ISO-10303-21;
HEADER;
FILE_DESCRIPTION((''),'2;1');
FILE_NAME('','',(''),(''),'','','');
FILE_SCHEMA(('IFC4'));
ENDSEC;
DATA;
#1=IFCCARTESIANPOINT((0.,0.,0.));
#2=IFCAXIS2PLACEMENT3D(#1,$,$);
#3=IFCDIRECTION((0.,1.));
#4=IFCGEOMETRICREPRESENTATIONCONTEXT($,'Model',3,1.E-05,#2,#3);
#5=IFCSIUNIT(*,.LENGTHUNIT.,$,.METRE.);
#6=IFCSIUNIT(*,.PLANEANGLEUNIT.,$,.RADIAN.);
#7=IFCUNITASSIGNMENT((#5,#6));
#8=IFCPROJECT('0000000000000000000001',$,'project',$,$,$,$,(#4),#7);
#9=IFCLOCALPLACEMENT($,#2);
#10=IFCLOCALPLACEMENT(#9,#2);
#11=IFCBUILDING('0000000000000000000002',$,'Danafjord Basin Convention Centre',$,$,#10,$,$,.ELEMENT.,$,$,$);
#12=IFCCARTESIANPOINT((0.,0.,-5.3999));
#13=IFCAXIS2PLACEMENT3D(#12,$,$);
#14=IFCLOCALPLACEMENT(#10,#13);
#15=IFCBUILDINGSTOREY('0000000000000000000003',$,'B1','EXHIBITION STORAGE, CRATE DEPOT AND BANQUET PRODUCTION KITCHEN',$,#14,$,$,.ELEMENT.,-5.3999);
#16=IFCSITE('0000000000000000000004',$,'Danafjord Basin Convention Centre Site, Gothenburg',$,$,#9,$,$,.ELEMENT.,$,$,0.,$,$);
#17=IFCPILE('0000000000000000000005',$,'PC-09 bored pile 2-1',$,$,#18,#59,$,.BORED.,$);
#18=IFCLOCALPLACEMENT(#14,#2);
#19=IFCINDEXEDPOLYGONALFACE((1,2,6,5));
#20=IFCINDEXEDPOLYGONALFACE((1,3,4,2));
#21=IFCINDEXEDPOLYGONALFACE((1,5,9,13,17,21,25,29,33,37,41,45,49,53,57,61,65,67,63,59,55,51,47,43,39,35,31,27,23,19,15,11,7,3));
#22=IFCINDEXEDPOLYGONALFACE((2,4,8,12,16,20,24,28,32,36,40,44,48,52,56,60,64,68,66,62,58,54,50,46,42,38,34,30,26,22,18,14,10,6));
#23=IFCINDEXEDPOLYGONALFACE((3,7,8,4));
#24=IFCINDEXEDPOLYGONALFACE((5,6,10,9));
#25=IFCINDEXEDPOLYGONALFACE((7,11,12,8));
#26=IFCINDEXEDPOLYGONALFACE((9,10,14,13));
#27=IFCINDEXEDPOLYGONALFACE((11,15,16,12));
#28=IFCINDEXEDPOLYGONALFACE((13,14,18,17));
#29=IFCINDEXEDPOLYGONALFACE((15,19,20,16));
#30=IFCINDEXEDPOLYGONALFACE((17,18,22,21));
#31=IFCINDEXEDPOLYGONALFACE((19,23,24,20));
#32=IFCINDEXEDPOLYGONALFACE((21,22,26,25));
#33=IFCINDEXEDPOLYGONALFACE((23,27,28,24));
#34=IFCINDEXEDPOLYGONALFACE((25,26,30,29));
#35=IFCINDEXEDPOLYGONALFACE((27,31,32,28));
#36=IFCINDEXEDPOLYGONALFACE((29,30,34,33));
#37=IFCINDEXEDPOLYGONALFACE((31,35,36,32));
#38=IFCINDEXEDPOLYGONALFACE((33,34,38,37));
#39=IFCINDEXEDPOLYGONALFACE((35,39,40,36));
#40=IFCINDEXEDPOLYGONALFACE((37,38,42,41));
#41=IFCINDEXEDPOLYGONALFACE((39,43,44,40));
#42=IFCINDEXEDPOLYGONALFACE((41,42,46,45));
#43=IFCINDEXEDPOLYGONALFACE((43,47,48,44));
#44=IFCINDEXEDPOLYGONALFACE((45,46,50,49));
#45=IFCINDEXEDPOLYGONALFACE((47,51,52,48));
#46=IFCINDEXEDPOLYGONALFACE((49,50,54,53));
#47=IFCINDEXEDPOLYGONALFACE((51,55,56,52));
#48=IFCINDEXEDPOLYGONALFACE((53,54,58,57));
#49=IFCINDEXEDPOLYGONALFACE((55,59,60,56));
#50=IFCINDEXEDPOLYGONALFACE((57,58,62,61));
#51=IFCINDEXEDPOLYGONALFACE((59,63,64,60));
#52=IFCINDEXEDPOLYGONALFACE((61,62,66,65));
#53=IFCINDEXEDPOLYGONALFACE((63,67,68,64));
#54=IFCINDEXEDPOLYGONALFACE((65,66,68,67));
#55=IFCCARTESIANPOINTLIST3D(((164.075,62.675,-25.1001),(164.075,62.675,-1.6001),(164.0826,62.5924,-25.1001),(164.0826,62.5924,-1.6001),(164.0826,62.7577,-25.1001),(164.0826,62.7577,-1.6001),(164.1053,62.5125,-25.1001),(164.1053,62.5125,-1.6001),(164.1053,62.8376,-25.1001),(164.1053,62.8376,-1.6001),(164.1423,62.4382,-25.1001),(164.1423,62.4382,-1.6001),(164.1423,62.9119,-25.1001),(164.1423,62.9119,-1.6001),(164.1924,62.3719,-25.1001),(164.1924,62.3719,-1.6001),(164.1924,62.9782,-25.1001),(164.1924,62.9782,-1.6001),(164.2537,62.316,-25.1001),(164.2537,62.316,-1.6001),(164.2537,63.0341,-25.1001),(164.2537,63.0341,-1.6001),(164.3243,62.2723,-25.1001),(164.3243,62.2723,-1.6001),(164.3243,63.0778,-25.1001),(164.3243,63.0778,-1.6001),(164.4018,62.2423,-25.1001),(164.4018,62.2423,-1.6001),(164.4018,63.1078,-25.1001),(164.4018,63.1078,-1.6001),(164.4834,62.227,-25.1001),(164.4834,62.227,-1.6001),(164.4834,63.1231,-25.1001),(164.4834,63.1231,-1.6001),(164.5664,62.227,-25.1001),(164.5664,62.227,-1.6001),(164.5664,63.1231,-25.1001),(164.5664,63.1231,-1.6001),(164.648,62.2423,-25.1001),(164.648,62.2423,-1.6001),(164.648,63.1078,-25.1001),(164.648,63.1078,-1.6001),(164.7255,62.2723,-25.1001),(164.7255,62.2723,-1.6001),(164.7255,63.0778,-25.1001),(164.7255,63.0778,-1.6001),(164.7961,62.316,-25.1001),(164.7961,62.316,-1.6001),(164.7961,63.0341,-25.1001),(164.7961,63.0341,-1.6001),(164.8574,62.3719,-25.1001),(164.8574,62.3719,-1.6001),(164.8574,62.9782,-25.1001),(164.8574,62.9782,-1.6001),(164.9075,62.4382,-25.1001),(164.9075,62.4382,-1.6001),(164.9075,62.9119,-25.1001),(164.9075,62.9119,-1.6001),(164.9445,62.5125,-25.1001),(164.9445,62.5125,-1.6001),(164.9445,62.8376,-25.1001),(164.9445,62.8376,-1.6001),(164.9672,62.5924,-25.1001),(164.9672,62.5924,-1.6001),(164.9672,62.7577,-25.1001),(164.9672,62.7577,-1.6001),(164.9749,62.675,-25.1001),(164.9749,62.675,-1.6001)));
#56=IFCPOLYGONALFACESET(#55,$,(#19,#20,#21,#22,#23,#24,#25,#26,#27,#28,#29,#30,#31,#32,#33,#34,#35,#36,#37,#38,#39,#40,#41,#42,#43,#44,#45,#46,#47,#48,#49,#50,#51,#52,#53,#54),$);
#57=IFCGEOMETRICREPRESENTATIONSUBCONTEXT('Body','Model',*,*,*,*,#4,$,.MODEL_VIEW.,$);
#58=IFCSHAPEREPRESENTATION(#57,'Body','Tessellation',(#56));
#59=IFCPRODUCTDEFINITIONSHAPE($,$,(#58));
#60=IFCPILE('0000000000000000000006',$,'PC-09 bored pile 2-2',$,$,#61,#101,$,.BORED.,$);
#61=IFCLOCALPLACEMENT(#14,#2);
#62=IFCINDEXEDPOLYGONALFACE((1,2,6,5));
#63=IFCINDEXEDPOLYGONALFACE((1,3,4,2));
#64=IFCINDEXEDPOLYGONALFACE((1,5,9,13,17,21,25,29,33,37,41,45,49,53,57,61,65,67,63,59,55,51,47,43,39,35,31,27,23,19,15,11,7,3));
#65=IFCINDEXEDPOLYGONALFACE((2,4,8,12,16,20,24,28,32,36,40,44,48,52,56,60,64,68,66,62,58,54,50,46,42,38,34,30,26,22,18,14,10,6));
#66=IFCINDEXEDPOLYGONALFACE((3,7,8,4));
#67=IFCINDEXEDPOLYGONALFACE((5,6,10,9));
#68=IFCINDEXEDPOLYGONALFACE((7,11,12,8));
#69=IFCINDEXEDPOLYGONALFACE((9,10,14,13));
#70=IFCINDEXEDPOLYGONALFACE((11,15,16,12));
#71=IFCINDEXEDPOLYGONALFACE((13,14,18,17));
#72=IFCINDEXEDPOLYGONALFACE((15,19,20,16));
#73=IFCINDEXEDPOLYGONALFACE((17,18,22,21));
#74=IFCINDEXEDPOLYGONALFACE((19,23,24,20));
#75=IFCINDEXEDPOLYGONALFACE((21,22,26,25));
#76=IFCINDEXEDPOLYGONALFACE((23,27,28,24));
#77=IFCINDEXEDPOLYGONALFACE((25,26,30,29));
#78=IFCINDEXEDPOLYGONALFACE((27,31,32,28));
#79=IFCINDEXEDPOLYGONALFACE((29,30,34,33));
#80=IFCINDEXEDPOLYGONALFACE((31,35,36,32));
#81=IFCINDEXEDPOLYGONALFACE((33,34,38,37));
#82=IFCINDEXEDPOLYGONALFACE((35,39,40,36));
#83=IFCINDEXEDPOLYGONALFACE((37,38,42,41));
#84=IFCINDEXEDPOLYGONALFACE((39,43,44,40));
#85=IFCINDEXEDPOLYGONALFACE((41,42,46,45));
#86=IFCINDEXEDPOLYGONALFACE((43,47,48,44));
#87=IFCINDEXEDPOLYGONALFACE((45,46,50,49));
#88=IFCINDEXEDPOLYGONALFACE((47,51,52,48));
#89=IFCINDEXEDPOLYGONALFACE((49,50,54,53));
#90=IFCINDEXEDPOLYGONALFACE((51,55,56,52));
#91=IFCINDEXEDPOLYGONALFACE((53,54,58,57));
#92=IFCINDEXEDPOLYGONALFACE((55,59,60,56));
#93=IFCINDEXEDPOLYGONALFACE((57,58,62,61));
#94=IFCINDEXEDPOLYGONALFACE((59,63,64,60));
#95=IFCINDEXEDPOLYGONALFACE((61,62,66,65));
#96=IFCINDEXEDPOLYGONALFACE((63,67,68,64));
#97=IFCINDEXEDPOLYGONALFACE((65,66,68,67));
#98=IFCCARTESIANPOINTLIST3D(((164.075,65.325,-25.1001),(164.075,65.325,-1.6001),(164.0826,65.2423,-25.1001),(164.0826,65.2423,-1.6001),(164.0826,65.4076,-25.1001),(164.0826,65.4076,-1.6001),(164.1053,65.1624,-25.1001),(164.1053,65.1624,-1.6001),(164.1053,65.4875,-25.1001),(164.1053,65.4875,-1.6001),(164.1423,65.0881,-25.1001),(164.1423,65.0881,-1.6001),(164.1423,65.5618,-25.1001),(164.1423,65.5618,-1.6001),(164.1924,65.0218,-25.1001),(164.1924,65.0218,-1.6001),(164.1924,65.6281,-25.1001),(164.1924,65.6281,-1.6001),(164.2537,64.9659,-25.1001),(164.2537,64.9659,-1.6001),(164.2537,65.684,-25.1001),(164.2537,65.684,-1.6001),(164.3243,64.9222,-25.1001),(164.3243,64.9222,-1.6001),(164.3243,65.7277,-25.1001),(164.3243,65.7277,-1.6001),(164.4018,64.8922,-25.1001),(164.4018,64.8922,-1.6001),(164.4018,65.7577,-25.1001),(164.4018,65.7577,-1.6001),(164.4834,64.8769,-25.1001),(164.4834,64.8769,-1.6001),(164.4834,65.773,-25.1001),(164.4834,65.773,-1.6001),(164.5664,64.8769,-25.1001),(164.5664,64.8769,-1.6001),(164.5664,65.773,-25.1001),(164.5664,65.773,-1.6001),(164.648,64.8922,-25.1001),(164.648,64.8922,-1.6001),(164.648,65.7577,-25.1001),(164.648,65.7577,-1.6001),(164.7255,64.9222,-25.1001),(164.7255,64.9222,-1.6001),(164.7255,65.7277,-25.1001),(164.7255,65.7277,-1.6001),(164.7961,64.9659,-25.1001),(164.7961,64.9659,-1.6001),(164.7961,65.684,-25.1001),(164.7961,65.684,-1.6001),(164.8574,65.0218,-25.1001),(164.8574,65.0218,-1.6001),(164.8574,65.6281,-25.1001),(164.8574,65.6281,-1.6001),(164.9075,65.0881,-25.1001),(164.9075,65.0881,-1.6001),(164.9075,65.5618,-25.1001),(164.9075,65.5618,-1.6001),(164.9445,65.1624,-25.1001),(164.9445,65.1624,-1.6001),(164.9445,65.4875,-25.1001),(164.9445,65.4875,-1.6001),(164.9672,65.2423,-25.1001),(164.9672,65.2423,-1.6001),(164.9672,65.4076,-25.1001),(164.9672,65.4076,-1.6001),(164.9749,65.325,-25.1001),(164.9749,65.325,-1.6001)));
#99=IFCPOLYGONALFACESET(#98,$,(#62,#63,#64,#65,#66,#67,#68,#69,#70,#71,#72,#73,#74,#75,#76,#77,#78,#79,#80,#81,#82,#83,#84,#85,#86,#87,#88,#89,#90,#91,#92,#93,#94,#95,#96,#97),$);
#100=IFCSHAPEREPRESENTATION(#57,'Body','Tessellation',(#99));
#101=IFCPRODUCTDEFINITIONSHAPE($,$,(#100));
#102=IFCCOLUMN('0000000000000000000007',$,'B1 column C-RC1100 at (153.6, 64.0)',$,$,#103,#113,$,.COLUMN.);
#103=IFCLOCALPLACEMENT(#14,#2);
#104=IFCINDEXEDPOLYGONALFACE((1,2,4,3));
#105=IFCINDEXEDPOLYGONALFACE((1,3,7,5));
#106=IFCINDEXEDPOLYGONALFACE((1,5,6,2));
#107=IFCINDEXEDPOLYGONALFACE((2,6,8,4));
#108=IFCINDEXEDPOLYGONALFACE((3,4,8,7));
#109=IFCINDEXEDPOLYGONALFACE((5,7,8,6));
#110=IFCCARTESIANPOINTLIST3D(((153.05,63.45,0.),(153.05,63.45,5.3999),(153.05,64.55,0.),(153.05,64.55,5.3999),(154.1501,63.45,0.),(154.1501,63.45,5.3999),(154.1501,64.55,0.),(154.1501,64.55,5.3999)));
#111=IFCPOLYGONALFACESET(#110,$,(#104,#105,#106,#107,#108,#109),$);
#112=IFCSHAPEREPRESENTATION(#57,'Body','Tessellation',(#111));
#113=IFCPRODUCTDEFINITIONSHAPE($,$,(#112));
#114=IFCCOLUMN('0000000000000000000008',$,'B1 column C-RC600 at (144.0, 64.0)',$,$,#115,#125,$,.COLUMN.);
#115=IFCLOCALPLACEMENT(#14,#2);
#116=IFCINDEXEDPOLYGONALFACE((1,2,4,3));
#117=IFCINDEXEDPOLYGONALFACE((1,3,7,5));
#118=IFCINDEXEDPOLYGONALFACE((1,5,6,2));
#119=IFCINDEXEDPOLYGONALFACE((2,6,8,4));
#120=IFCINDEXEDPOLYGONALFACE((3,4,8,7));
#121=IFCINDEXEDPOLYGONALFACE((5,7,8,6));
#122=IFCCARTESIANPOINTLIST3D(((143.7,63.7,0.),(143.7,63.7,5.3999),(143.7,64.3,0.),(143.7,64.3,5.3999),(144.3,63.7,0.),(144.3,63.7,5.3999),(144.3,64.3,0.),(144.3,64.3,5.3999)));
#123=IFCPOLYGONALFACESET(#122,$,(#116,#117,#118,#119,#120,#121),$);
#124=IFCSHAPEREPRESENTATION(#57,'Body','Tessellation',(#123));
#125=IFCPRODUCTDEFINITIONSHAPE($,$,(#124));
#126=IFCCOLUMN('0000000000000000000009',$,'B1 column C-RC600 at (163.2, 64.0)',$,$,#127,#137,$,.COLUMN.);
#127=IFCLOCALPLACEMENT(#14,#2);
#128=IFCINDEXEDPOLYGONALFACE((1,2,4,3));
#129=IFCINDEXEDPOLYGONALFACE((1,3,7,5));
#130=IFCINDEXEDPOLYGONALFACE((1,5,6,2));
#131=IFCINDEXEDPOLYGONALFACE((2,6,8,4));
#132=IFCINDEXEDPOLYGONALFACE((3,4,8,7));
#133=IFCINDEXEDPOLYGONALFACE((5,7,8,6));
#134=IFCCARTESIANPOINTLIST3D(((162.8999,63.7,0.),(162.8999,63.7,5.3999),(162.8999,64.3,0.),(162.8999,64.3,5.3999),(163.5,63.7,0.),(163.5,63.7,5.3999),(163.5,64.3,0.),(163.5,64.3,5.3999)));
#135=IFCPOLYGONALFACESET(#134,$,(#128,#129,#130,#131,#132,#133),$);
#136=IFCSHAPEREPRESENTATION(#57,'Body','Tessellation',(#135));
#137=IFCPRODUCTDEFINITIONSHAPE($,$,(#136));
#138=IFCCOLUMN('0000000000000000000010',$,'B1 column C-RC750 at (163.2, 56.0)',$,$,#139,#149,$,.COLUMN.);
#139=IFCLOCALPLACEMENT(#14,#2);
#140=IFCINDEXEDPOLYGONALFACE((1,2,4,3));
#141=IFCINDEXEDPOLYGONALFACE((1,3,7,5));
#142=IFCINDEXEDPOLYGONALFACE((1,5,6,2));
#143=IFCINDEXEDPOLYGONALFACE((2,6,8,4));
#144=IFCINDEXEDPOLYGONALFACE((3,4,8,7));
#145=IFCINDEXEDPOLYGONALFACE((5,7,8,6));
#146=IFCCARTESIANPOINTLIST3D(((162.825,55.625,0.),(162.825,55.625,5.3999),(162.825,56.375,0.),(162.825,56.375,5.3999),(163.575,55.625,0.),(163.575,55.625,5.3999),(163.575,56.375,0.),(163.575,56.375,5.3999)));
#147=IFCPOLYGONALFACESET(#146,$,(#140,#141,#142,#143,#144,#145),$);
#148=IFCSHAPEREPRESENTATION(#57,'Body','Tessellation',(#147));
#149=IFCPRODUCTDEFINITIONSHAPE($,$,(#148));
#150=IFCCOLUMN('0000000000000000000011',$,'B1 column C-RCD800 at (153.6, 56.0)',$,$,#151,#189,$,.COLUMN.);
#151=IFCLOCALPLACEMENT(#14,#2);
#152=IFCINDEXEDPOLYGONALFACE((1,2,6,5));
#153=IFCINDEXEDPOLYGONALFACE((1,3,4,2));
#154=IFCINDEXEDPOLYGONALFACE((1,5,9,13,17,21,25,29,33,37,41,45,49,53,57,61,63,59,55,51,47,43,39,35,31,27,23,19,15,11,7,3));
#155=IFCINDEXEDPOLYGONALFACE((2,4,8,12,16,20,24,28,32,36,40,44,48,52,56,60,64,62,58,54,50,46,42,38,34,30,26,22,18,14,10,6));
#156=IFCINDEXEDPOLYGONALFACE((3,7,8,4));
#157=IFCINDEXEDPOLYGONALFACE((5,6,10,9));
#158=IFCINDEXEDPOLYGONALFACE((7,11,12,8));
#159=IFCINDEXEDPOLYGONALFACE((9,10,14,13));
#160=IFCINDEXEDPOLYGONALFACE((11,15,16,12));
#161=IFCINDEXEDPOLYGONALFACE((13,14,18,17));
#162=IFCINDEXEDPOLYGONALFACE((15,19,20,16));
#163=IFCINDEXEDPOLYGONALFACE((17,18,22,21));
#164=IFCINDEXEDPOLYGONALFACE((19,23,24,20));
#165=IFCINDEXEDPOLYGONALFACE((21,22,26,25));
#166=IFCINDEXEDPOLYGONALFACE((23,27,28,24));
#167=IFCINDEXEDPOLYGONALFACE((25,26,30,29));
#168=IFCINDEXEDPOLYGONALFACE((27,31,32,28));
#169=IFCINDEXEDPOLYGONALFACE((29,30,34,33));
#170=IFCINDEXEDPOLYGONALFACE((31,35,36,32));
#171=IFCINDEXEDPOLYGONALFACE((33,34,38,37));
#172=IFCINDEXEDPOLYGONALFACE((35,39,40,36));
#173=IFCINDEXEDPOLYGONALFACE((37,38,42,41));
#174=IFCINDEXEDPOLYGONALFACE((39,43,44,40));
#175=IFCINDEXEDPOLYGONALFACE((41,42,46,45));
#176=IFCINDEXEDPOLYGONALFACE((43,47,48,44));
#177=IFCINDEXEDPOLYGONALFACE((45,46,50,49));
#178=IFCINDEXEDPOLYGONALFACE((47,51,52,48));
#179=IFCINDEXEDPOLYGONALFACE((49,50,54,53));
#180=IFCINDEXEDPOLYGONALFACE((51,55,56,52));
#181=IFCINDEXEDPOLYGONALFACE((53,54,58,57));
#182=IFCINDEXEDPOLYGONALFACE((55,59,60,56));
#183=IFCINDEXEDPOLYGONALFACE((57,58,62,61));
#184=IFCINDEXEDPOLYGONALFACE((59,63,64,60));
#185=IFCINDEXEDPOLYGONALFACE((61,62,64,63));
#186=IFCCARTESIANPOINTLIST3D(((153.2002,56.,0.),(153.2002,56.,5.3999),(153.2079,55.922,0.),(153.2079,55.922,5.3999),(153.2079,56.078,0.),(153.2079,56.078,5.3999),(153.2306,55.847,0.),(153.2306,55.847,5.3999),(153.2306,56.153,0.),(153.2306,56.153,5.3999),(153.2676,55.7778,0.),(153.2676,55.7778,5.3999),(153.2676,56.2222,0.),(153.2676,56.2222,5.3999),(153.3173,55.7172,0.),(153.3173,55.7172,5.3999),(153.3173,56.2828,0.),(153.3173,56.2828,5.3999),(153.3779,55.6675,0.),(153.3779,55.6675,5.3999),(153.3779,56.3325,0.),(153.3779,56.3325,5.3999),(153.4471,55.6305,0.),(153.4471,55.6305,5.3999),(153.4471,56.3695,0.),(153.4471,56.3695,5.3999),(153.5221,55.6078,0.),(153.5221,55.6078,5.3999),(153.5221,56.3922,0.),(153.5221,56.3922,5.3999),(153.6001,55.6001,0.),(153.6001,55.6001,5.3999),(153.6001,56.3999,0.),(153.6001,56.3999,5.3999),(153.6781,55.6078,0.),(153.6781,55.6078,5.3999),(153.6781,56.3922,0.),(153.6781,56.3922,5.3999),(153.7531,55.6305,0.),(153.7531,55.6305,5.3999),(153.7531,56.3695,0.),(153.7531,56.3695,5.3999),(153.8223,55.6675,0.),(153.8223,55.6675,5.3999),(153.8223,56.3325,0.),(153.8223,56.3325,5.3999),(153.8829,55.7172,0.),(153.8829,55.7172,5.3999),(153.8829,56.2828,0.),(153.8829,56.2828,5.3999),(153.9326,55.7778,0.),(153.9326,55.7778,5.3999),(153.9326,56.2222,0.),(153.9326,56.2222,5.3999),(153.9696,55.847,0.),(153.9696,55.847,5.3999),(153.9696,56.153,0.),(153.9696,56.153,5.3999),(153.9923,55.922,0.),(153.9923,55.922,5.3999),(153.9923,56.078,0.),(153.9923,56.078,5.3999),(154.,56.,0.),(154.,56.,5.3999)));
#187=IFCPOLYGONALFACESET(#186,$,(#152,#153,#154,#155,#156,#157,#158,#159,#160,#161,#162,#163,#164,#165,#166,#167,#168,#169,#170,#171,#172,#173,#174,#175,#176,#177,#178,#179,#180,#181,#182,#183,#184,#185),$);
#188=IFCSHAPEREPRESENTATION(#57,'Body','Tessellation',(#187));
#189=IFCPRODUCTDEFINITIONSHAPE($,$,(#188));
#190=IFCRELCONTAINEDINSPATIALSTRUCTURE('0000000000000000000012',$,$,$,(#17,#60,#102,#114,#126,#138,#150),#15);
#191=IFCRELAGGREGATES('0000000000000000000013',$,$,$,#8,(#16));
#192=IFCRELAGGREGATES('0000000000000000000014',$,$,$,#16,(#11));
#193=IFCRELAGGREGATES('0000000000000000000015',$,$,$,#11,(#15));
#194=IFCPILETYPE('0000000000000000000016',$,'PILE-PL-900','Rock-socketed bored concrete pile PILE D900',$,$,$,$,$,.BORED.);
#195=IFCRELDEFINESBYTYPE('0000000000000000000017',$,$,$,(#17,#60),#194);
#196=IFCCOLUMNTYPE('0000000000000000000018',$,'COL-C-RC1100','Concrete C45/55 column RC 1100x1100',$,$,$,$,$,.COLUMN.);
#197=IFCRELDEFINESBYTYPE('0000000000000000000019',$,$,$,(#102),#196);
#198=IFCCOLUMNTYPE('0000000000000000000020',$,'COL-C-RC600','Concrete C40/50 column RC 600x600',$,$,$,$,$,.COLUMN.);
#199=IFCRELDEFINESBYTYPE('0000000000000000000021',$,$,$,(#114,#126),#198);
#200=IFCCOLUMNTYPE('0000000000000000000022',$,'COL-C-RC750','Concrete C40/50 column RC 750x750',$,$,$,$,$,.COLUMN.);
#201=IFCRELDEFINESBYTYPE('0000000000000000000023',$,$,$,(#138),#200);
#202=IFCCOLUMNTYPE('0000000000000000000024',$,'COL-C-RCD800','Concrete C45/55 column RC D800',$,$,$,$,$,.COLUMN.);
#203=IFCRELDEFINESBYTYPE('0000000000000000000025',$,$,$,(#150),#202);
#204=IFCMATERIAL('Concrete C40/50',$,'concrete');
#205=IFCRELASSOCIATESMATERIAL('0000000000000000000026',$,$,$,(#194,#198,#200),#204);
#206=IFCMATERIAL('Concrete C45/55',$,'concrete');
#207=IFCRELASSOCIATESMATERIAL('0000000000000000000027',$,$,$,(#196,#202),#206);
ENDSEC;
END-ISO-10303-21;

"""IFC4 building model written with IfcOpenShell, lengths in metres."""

from ifc_helpers import new_model, si_unit, direction, frame, origin, origin_2d, place, context, subcontext, project, spatial, rectangle, circle, extrude, material, material_profile, profile_set, type_object, element, save


model = new_model("IFC4")

# Units and contexts
model_context = context("Model", 3, precision=1e-05, world=origin(), true_north=direction((0.0, 1.0)))
body_context = subcontext(model_context, "Body", "Model", "MODEL_VIEW")
ifc_project = project(units=[si_unit("LENGTHUNIT", "METRE"), si_unit("PLANEANGLEUNIT", "RADIAN")], contexts=[model_context])

# Site, building, storey
site_placement = place(None, origin())
site = spatial("IfcSite", under=ifc_project, at=site_placement, Name="Danafjord Basin Convention Centre Site, Gothenburg", CompositionType="ELEMENT", RefElevation=0.0)
building_placement = place(site_placement, origin())
building = spatial("IfcBuilding", under=site, at=building_placement, Name="Danafjord Basin Convention Centre", CompositionType="ELEMENT")
storey_placement = place(building_placement, frame((0.0, 0.0, -5.3999)))
storey = spatial("IfcBuildingStorey", under=building, at=storey_placement, Name="B1", Description="EXHIBITION STORAGE, CRATE DEPOT AND BANQUET PRODUCTION KITCHEN", CompositionType="ELEMENT", Elevation=-5.3999)

# Shared definitions
ifc_material_1 = material(Name="Concrete C40/50", Category="concrete")

# Piles
ifc_material_profile_1 = material_profile(ifc_material_1, circle(Radius=0.45, at=origin_2d()), Name="PILE D900")
ifc_profile_set_1 = profile_set([ifc_material_profile_1], Name="Concrete C40/50")
pile_type_1 = type_object("IfcPileType", Name="PILE-PL-900", Description="Rock-socketed bored concrete pile PILE D900", PredefinedType="BORED", material=ifc_profile_set_1)
for number, where, z_axis, x_axis, name in (
    (1, (164.5249, 62.675, -1.6001), (0.0, 0.0, -1.0), (1.0, 0.0, 0.0), "PC-09 bored pile 2-1"),
    (2, (164.5249, 65.325, -1.6001), (0.0, 0.0, -1.0), (1.0, 0.0, 0.0), "PC-09 bored pile 2-2"),
):
    element("IfcPile", number, at=place(storey_placement, frame(where, z_axis=z_axis, x_axis=x_axis)), inside=storey, type_object=pile_type_1, Name=name, PredefinedType="BORED", context=body_context, shape_type="SweptSolid", body=[
        extrude(circle(Radius=0.45, at=origin_2d()), origin(), (0.0, 0.0, 1.0), 23.5),
    ])

# Columns
ifc_material_2 = material(Name="Concrete C45/55", Category="concrete")
ifc_material_profile_2 = material_profile(ifc_material_2, rectangle(XDim=1.1001, YDim=1.1001, at=origin_2d()), Name="RC 1100x1100")
ifc_profile_set_2 = profile_set([ifc_material_profile_2], Name="Concrete C45/55")
column_type_1 = type_object("IfcColumnType", Name="COL-C-RC1100", Description="Concrete C45/55 column RC 1100x1100", PredefinedType="COLUMN", material=ifc_profile_set_2)
column_1_placement = place(storey_placement, frame((153.6001, 64.0, 0.0), z_axis=(0.0, 0.0, 1.0), x_axis=(1.0, 0.0, 0.0)))
element("IfcColumn", 3, at=column_1_placement, inside=storey, type_object=column_type_1, Name="B1 column C-RC1100 at (153.6, 64.0)", PredefinedType="COLUMN", context=body_context, shape_type="SweptSolid", body=[
    extrude(rectangle(XDim=1.1001, YDim=1.1001, at=origin_2d()), origin(), (0.0, 0.0, 1.0), 5.3999),
])
ifc_material_profile_3 = material_profile(ifc_material_1, rectangle(XDim=0.6001, YDim=0.6001, at=origin_2d()), Name="RC 600x600")
ifc_profile_set_3 = profile_set([ifc_material_profile_3], Name="Concrete C40/50")
column_type_2 = type_object("IfcColumnType", Name="COL-C-RC600", Description="Concrete C40/50 column RC 600x600", PredefinedType="COLUMN", material=ifc_profile_set_3)
for number, where, z_axis, x_axis, name in (
    (4, (144.0, 64.0, 0.0), (0.0, 0.0, 1.0), (1.0, 0.0, 0.0), "B1 column C-RC600 at (144.0, 64.0)"),
    (5, (163.2, 64.0, 0.0), (0.0, 0.0, 1.0), (1.0, 0.0, 0.0), "B1 column C-RC600 at (163.2, 64.0)"),
):
    element("IfcColumn", number, at=place(storey_placement, frame(where, z_axis=z_axis, x_axis=x_axis)), inside=storey, type_object=column_type_2, Name=name, PredefinedType="COLUMN", context=body_context, shape_type="SweptSolid", body=[
        extrude(rectangle(XDim=0.6001, YDim=0.6001, at=origin_2d()), origin(), (0.0, 0.0, 1.0), 5.3999),
    ])
ifc_material_profile_4 = material_profile(ifc_material_1, rectangle(XDim=0.75, YDim=0.75, at=origin_2d()), Name="RC 750x750")
ifc_profile_set_4 = profile_set([ifc_material_profile_4], Name="Concrete C40/50")
column_type_3 = type_object("IfcColumnType", Name="COL-C-RC750", Description="Concrete C40/50 column RC 750x750", PredefinedType="COLUMN", material=ifc_profile_set_4)
column_2_placement = place(storey_placement, frame((163.2, 56.0, 0.0), z_axis=(0.0, 0.0, 1.0), x_axis=(1.0, 0.0, 0.0)))
element("IfcColumn", 6, at=column_2_placement, inside=storey, type_object=column_type_3, Name="B1 column C-RC750 at (163.2, 56.0)", PredefinedType="COLUMN", context=body_context, shape_type="SweptSolid", body=[
    extrude(rectangle(XDim=0.75, YDim=0.75, at=origin_2d()), origin(), (0.0, 0.0, 1.0), 5.3999),
])
ifc_material_profile_5 = material_profile(ifc_material_2, circle(Radius=0.3999, at=origin_2d()), Name="RC D800")
ifc_profile_set_5 = profile_set([ifc_material_profile_5], Name="Concrete C45/55")
column_type_4 = type_object("IfcColumnType", Name="COL-C-RCD800", Description="Concrete C45/55 column RC D800", PredefinedType="COLUMN", material=ifc_profile_set_5)
column_3_placement = place(storey_placement, frame((153.6001, 56.0, 0.0), z_axis=(0.0, 0.0, 1.0), x_axis=(1.0, 0.0, 0.0)))
element("IfcColumn", 7, at=column_3_placement, inside=storey, type_object=column_type_4, Name="B1 column C-RCD800 at (153.6, 56.0)", PredefinedType="COLUMN", context=body_context, shape_type="SweptSolid", body=[
    extrude(circle(Radius=0.3999, at=origin_2d()), origin(), (0.0, 0.0, 1.0), 5.3999),
])

save(model, "model.ifc")
